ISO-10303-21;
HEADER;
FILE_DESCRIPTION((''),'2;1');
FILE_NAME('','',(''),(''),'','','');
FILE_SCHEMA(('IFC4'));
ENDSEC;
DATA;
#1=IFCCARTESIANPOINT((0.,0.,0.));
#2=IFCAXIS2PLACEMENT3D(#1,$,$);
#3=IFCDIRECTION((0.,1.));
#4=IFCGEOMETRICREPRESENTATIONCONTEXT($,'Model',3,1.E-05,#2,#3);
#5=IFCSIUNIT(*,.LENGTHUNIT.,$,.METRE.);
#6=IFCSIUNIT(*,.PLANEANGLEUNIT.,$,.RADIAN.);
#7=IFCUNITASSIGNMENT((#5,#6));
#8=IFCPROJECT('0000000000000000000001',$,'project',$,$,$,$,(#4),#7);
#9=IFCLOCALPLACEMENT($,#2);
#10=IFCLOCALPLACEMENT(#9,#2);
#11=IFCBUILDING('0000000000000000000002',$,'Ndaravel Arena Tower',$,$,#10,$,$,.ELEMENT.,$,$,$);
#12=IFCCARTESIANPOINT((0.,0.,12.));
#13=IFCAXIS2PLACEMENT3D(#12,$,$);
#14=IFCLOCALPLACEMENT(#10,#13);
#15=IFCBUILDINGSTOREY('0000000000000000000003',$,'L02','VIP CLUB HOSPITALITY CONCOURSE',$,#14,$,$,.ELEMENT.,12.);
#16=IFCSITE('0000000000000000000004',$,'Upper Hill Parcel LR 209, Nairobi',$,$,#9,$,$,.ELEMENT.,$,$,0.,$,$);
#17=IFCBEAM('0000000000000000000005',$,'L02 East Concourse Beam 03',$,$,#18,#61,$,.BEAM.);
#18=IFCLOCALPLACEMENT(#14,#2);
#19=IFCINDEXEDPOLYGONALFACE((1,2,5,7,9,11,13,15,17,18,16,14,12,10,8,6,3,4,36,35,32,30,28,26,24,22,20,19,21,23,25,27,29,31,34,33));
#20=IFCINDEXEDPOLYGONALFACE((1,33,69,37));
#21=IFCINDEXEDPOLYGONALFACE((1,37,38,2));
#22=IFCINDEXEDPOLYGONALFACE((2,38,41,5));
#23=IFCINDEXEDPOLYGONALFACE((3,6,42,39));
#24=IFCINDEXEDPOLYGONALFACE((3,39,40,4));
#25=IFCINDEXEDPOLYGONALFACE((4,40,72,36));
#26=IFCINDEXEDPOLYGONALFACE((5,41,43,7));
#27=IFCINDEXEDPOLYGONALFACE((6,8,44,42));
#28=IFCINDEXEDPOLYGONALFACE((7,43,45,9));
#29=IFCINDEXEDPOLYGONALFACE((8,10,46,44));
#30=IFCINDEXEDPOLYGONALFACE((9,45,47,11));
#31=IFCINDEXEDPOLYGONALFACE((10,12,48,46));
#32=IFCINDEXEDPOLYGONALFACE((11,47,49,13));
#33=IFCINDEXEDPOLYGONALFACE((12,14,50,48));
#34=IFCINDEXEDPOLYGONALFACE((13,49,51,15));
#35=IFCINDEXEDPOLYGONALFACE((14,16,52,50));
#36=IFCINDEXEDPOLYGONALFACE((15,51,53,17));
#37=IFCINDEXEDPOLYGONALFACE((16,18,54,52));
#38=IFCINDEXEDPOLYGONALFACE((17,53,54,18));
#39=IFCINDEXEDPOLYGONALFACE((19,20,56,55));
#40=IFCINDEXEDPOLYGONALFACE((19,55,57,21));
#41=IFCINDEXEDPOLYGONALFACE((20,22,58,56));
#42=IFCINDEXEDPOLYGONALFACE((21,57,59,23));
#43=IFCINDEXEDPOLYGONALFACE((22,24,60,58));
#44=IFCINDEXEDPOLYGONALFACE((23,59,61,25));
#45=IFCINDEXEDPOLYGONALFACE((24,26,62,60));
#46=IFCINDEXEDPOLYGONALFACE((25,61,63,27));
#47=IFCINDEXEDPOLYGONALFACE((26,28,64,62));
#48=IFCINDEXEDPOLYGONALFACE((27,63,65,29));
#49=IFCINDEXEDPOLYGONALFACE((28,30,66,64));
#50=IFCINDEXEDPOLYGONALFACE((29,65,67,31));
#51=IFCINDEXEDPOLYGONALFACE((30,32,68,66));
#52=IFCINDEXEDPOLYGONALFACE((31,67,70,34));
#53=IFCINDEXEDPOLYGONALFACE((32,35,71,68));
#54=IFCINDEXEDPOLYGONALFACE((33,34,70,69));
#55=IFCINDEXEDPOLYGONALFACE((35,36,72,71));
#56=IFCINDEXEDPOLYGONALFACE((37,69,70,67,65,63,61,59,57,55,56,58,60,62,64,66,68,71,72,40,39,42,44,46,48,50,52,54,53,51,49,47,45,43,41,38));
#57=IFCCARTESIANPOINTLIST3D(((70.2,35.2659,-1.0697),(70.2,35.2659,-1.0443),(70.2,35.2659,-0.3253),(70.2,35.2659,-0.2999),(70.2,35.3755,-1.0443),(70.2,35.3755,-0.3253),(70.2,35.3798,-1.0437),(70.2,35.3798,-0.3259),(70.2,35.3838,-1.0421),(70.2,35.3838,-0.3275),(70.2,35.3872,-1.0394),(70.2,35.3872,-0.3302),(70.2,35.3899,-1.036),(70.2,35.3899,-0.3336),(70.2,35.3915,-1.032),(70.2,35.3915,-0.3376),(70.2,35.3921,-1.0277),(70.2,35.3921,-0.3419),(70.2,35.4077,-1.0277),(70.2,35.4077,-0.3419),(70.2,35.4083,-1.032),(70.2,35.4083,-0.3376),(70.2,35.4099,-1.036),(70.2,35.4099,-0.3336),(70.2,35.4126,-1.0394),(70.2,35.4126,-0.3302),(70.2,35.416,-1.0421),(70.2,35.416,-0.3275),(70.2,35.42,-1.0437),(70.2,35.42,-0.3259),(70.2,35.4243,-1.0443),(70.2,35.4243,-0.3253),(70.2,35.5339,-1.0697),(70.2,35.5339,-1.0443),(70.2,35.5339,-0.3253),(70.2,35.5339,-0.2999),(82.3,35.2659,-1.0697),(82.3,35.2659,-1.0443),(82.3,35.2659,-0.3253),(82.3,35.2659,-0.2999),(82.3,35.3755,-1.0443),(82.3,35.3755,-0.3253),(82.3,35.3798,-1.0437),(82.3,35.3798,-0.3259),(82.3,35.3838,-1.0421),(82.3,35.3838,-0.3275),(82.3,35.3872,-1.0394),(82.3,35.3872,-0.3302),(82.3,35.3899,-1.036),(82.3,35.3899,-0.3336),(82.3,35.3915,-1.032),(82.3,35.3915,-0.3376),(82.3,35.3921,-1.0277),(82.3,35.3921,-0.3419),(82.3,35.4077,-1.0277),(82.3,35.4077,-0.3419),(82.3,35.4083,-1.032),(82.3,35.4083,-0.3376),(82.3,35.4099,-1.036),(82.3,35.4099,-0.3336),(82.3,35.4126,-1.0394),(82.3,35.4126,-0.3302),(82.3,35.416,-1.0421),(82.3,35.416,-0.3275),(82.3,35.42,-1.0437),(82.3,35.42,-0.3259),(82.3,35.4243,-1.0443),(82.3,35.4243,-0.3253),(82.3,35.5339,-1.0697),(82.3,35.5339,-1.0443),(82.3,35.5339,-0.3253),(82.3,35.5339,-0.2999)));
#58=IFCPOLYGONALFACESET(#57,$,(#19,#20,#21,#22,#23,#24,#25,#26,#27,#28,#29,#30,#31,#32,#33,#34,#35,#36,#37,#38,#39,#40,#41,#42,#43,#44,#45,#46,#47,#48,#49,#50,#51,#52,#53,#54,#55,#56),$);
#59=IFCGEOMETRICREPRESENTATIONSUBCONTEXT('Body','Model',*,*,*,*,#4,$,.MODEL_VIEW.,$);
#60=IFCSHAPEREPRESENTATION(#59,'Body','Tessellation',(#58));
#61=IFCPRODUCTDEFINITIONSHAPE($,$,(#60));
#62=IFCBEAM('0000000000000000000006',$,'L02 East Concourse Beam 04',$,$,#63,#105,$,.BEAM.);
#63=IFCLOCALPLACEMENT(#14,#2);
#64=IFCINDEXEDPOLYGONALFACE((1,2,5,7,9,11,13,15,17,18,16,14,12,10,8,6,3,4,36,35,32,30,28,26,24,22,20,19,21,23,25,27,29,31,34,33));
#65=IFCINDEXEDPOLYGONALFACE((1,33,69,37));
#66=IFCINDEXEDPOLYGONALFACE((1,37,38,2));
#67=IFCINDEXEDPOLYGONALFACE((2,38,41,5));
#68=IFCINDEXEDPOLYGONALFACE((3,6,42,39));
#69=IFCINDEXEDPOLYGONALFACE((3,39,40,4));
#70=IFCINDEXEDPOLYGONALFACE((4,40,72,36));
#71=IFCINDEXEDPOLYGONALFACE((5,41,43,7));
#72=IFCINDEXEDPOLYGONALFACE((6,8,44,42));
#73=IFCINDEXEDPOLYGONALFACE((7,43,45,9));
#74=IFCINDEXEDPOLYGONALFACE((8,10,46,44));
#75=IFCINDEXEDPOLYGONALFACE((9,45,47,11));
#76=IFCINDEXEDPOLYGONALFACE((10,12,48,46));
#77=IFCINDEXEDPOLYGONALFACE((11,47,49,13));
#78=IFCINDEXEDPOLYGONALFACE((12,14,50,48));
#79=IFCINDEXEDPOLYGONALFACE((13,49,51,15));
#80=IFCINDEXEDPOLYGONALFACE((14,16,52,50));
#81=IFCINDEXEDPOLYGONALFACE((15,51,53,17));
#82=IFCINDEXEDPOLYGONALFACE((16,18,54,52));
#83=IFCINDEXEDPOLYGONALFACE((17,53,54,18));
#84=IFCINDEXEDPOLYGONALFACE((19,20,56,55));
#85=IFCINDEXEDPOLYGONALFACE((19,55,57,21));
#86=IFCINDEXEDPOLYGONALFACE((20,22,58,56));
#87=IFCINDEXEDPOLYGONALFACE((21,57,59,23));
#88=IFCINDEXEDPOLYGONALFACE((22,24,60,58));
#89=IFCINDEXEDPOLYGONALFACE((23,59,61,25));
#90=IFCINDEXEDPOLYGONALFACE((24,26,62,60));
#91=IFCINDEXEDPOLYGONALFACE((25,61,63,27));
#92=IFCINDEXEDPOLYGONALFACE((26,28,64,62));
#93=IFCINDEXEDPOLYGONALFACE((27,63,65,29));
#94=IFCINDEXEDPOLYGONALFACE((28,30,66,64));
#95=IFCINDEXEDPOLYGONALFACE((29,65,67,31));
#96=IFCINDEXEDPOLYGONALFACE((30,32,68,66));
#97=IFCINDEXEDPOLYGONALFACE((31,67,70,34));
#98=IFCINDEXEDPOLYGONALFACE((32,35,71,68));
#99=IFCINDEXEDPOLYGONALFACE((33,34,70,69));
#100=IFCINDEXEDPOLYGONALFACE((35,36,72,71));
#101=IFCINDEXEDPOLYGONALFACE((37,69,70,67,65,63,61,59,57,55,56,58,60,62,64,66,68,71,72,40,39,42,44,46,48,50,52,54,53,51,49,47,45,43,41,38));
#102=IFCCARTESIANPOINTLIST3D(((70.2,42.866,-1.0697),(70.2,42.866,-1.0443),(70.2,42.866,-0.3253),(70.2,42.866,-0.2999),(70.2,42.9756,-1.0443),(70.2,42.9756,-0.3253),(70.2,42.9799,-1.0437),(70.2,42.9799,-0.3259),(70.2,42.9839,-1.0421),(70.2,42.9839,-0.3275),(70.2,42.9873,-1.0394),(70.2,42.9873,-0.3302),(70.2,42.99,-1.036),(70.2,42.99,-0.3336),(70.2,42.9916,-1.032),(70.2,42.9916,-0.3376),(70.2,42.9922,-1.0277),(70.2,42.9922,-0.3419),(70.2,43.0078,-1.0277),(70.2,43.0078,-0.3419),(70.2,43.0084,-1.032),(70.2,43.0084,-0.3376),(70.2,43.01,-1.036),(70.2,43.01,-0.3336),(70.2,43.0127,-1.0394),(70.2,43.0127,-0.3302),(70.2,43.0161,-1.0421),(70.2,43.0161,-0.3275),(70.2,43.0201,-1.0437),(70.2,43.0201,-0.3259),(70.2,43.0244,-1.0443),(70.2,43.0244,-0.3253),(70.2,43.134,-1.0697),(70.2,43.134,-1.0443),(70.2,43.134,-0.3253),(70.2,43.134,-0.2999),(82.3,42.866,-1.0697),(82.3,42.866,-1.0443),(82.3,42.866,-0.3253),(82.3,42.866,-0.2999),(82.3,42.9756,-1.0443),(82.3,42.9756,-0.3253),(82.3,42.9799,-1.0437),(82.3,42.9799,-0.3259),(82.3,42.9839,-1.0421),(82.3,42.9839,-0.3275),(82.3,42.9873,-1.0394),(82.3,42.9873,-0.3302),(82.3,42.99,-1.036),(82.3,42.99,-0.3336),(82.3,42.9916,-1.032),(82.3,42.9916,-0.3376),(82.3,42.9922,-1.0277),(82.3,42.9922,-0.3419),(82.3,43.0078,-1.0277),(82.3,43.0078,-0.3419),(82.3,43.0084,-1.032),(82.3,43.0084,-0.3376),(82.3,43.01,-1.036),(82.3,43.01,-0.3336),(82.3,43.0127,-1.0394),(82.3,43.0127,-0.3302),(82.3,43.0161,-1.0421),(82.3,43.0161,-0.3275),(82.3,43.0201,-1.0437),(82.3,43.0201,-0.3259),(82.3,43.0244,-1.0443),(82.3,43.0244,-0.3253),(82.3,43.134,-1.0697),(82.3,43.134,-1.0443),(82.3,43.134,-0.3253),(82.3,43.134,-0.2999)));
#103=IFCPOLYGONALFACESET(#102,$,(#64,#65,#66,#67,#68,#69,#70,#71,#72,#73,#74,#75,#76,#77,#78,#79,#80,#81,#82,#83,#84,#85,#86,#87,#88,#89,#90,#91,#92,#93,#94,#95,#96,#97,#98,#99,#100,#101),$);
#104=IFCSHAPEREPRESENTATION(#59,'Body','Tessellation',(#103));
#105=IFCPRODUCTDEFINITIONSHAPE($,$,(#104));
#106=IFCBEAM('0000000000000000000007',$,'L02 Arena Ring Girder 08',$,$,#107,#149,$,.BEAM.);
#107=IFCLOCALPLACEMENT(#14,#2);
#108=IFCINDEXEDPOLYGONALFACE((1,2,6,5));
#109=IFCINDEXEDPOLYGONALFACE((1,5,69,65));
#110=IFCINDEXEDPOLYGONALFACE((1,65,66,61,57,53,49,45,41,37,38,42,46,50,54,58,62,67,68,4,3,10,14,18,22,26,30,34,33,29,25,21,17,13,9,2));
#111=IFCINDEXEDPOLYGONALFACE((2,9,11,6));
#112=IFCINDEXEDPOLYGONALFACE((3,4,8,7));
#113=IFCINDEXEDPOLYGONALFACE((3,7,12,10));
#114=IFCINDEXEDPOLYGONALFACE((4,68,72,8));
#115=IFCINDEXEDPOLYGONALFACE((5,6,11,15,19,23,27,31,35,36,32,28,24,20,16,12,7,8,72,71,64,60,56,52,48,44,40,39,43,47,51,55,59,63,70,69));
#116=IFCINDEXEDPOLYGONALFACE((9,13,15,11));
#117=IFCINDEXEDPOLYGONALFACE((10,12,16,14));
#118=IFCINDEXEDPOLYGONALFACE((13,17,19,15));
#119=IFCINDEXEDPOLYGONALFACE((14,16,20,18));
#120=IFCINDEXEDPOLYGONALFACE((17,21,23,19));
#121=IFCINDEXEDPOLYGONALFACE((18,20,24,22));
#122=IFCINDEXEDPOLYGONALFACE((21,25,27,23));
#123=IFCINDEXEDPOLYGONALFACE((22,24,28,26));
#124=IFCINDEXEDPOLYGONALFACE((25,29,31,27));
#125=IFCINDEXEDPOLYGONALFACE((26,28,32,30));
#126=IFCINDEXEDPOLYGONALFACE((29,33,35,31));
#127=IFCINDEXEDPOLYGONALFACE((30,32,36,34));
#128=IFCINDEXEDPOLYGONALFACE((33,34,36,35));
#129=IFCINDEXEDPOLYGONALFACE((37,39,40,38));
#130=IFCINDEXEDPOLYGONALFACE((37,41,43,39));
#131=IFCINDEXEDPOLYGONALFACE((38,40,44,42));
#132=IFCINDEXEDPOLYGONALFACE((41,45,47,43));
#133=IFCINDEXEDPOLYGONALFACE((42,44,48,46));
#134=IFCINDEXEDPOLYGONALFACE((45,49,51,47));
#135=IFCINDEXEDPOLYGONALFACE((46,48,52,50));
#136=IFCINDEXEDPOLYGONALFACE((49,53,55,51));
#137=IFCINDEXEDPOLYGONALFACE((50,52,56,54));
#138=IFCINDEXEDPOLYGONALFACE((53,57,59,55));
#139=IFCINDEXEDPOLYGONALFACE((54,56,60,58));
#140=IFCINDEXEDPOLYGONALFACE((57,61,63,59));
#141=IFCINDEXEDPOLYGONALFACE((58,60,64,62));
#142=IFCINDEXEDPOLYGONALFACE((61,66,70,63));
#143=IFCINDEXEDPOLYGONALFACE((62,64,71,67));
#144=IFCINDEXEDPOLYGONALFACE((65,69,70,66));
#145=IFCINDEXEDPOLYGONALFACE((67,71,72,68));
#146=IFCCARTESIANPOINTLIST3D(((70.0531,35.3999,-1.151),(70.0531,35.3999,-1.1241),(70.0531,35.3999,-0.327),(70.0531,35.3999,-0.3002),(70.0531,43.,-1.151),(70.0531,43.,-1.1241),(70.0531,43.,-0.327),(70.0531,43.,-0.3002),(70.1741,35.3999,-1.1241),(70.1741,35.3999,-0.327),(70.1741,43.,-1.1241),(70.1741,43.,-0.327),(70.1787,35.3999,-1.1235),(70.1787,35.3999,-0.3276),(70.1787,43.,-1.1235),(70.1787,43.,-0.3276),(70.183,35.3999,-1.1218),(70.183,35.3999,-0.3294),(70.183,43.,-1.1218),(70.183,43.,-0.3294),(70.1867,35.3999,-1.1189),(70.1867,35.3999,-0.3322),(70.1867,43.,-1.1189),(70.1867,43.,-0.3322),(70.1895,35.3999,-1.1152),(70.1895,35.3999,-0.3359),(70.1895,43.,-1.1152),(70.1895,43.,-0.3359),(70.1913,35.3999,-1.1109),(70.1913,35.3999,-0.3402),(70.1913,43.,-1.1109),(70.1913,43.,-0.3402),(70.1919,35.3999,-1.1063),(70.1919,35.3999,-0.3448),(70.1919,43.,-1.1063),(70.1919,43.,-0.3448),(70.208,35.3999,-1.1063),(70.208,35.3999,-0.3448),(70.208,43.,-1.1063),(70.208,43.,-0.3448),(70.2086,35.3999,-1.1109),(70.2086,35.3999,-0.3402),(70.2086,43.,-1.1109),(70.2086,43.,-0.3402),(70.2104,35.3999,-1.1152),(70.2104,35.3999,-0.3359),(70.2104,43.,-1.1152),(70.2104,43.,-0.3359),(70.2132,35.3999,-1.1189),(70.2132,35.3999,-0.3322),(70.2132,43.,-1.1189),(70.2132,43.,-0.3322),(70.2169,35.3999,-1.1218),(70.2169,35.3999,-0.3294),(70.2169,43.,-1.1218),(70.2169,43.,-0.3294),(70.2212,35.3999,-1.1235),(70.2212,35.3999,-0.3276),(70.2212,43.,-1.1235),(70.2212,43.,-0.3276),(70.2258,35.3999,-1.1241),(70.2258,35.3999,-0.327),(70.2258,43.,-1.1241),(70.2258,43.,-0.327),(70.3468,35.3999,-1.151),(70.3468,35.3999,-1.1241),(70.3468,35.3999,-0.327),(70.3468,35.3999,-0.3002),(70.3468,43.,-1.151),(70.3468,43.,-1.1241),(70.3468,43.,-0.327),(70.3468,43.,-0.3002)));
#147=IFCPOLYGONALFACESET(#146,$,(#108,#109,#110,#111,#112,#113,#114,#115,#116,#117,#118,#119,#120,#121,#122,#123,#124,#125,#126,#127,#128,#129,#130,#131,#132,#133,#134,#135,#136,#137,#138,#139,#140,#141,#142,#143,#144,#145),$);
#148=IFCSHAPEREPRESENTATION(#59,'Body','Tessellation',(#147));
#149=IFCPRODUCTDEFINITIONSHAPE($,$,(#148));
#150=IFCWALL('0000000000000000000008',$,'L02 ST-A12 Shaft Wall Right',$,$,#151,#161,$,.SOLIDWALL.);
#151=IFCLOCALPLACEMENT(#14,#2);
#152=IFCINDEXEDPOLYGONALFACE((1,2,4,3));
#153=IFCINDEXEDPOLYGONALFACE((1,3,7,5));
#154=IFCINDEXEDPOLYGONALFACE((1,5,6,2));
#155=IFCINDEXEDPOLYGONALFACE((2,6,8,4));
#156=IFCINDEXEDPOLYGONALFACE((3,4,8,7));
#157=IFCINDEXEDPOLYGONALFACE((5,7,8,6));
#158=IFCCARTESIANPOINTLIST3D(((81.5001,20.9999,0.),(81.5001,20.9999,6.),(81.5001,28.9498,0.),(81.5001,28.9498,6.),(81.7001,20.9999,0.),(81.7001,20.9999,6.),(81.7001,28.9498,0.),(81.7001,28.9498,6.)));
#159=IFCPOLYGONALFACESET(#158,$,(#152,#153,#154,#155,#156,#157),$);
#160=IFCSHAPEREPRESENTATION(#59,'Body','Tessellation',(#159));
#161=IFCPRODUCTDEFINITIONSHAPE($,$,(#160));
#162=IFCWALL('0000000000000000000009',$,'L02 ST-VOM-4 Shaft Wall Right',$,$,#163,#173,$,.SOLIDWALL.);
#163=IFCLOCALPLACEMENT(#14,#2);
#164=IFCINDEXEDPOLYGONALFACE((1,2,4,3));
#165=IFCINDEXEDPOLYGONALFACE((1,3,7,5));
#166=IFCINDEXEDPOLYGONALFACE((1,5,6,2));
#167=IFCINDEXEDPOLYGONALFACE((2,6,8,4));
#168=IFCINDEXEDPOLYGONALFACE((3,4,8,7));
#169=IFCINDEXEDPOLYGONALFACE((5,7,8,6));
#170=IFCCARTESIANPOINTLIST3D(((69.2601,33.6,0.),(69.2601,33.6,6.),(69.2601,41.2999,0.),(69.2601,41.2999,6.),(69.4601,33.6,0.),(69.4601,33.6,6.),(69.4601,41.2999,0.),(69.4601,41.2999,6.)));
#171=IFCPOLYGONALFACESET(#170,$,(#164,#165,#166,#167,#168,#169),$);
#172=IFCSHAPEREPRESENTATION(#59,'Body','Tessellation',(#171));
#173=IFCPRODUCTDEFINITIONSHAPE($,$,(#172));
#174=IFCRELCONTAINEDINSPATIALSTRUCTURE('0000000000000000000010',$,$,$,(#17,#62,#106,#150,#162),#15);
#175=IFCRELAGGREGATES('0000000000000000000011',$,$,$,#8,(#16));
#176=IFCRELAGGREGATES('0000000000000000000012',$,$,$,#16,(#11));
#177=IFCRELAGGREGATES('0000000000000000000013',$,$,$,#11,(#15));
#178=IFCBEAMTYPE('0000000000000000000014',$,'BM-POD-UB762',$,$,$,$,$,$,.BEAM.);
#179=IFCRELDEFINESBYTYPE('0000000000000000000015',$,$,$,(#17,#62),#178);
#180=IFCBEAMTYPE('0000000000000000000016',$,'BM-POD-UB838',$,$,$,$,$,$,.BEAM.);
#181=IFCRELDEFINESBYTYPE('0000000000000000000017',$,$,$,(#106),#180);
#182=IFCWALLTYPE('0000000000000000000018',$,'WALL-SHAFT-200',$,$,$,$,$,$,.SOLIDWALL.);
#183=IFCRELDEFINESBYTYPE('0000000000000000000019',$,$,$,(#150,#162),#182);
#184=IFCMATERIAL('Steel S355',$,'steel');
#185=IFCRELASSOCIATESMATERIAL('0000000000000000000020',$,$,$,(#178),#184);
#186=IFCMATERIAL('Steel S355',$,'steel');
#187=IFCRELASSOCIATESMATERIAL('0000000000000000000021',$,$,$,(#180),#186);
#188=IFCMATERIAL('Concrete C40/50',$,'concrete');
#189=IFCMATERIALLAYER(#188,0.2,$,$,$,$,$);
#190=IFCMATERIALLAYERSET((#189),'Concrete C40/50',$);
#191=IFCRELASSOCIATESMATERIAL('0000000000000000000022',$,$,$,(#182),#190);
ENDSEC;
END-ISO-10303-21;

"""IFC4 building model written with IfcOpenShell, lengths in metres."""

from ifc_helpers import new_model, si_unit, direction, frame, frame_2d, origin, origin_2d, place, context, subcontext, project, spatial, rectangle, i_section, extrude, material, layer, layer_set, material_profile, profile_set, type_object, element, save


model = new_model("IFC4")

# Units and contexts
model_context = context("Model", 3, precision=1e-05, world=origin(), true_north=direction((0.0, 1.0)))
body_context = subcontext(model_context, "Body", "Model", "MODEL_VIEW")
ifc_project = project(units=[si_unit("LENGTHUNIT", "METRE"), si_unit("PLANEANGLEUNIT", "RADIAN")], contexts=[model_context])

# Site, building, storey
site_placement = place(None, origin())
site = spatial("IfcSite", under=ifc_project, at=site_placement, Name="Upper Hill Parcel LR 209, Nairobi", CompositionType="ELEMENT", RefElevation=0.0)
building_placement = place(site_placement, origin())
building = spatial("IfcBuilding", under=site, at=building_placement, Name="Ndaravel Arena Tower", CompositionType="ELEMENT")
storey_placement = place(building_placement, frame((0.0, 0.0, 12.0)))
storey = spatial("IfcBuildingStorey", under=building, at=storey_placement, Name="L02", Description="VIP CLUB HOSPITALITY CONCOURSE", CompositionType="ELEMENT", Elevation=12.0)

# Beams
ifc_material_1 = material(Name="Steel S355", Category="steel")
ifc_material_profile_1 = material_profile(ifc_material_1, i_section(OverallWidth=0.2681, OverallDepth=0.7698, WebThickness=0.0156, FlangeThickness=0.0254, FilletRadius=0.0166, at=origin_2d()), Name="UB 762x267x197")
ifc_profile_set_1 = profile_set([ifc_material_profile_1], Name="Steel S355")
beam_type_1 = type_object("IfcBeamType", Name="BM-POD-UB762", PredefinedType="BEAM", material=ifc_profile_set_1)
for number, where, z_axis, x_axis, name in (
    (1, (70.2, 35.3999, -0.6848), (1.0, 0.0, 0.0), (0.0, 1.0, 0.0), "L02 East Concourse Beam 03"),
    (2, (70.2, 43.0, -0.6848), (1.0, 0.0, 0.0), (0.0, 1.0, 0.0), "L02 East Concourse Beam 04"),
):
    element("IfcBeam", number, at=place(storey_placement, frame(where, z_axis=z_axis, x_axis=x_axis)), inside=storey, type_object=beam_type_1, Name=name, PredefinedType="BEAM", context=body_context, shape_type="SweptSolid", body=[
        extrude(i_section(OverallWidth=0.2681, OverallDepth=0.7698, WebThickness=0.0156, FlangeThickness=0.0254, FilletRadius=0.0166, at=origin_2d()), origin(), (0.0, 0.0, 1.0), 12.1001),
    ])
ifc_material_2 = material(Name="Steel S355", Category="steel")
ifc_material_profile_2 = material_profile(ifc_material_2, i_section(OverallWidth=0.2937, OverallDepth=0.8508, WebThickness=0.0161, FlangeThickness=0.0269, FilletRadius=0.0178, at=origin_2d()), Name="UB 838x292x226")
ifc_profile_set_2 = profile_set([ifc_material_profile_2], Name="Steel S355")
beam_type_2 = type_object("IfcBeamType", Name="BM-POD-UB838", PredefinedType="BEAM", material=ifc_profile_set_2)
beam_placement = place(storey_placement, frame((70.2, 35.3999, -0.7256), z_axis=(0.0, 1.0, 0.0), x_axis=(-1.0, 0.0, 0.0)))
element("IfcBeam", 3, at=beam_placement, inside=storey, type_object=beam_type_2, Name="L02 Arena Ring Girder 08", PredefinedType="BEAM", context=body_context, shape_type="SweptSolid", body=[
    extrude(i_section(OverallWidth=0.2937, OverallDepth=0.8508, WebThickness=0.0161, FlangeThickness=0.0269, FilletRadius=0.0178, at=origin_2d()), origin(), (0.0, 0.0, 1.0), 7.6001),
])

# Walls
ifc_material_3 = material(Name="Concrete C40/50", Category="concrete")
ifc_layer_1 = layer(ifc_material_3, 0.2)
ifc_layer_set_1 = layer_set([ifc_layer_1], Name="Concrete C40/50")
wall_type_1 = type_object("IfcWallType", Name="WALL-SHAFT-200", PredefinedType="SOLIDWALL", material=ifc_layer_set_1)
wall_1_placement = place(storey_placement, frame((81.6001, 28.95, 0.0), z_axis=(0.0, 0.0, 1.0), x_axis=(0.0, -1.0, 0.0)))
element("IfcWall", 4, at=wall_1_placement, inside=storey, type_object=wall_type_1, Name="L02 ST-A12 Shaft Wall Right", PredefinedType="SOLIDWALL", context=body_context, shape_type="SweptSolid", body=[
    extrude(rectangle(XDim=7.95, YDim=0.2, at=frame_2d((3.9751, 0.0))), origin(), (0.0, 0.0, 1.0), 6.0),
])
wall_2_placement = place(storey_placement, frame((69.3601, 41.3, 0.0), z_axis=(0.0, 0.0, 1.0), x_axis=(0.0, -1.0, 0.0)))
element("IfcWall", 5, at=wall_2_placement, inside=storey, type_object=wall_type_1, Name="L02 ST-VOM-4 Shaft Wall Right", PredefinedType="SOLIDWALL", context=body_context, shape_type="SweptSolid", body=[
    extrude(rectangle(XDim=7.7, YDim=0.2, at=frame_2d((3.8501, 0.0))), origin(), (0.0, 0.0, 1.0), 6.0),
])

save(model, "model.ifc")
